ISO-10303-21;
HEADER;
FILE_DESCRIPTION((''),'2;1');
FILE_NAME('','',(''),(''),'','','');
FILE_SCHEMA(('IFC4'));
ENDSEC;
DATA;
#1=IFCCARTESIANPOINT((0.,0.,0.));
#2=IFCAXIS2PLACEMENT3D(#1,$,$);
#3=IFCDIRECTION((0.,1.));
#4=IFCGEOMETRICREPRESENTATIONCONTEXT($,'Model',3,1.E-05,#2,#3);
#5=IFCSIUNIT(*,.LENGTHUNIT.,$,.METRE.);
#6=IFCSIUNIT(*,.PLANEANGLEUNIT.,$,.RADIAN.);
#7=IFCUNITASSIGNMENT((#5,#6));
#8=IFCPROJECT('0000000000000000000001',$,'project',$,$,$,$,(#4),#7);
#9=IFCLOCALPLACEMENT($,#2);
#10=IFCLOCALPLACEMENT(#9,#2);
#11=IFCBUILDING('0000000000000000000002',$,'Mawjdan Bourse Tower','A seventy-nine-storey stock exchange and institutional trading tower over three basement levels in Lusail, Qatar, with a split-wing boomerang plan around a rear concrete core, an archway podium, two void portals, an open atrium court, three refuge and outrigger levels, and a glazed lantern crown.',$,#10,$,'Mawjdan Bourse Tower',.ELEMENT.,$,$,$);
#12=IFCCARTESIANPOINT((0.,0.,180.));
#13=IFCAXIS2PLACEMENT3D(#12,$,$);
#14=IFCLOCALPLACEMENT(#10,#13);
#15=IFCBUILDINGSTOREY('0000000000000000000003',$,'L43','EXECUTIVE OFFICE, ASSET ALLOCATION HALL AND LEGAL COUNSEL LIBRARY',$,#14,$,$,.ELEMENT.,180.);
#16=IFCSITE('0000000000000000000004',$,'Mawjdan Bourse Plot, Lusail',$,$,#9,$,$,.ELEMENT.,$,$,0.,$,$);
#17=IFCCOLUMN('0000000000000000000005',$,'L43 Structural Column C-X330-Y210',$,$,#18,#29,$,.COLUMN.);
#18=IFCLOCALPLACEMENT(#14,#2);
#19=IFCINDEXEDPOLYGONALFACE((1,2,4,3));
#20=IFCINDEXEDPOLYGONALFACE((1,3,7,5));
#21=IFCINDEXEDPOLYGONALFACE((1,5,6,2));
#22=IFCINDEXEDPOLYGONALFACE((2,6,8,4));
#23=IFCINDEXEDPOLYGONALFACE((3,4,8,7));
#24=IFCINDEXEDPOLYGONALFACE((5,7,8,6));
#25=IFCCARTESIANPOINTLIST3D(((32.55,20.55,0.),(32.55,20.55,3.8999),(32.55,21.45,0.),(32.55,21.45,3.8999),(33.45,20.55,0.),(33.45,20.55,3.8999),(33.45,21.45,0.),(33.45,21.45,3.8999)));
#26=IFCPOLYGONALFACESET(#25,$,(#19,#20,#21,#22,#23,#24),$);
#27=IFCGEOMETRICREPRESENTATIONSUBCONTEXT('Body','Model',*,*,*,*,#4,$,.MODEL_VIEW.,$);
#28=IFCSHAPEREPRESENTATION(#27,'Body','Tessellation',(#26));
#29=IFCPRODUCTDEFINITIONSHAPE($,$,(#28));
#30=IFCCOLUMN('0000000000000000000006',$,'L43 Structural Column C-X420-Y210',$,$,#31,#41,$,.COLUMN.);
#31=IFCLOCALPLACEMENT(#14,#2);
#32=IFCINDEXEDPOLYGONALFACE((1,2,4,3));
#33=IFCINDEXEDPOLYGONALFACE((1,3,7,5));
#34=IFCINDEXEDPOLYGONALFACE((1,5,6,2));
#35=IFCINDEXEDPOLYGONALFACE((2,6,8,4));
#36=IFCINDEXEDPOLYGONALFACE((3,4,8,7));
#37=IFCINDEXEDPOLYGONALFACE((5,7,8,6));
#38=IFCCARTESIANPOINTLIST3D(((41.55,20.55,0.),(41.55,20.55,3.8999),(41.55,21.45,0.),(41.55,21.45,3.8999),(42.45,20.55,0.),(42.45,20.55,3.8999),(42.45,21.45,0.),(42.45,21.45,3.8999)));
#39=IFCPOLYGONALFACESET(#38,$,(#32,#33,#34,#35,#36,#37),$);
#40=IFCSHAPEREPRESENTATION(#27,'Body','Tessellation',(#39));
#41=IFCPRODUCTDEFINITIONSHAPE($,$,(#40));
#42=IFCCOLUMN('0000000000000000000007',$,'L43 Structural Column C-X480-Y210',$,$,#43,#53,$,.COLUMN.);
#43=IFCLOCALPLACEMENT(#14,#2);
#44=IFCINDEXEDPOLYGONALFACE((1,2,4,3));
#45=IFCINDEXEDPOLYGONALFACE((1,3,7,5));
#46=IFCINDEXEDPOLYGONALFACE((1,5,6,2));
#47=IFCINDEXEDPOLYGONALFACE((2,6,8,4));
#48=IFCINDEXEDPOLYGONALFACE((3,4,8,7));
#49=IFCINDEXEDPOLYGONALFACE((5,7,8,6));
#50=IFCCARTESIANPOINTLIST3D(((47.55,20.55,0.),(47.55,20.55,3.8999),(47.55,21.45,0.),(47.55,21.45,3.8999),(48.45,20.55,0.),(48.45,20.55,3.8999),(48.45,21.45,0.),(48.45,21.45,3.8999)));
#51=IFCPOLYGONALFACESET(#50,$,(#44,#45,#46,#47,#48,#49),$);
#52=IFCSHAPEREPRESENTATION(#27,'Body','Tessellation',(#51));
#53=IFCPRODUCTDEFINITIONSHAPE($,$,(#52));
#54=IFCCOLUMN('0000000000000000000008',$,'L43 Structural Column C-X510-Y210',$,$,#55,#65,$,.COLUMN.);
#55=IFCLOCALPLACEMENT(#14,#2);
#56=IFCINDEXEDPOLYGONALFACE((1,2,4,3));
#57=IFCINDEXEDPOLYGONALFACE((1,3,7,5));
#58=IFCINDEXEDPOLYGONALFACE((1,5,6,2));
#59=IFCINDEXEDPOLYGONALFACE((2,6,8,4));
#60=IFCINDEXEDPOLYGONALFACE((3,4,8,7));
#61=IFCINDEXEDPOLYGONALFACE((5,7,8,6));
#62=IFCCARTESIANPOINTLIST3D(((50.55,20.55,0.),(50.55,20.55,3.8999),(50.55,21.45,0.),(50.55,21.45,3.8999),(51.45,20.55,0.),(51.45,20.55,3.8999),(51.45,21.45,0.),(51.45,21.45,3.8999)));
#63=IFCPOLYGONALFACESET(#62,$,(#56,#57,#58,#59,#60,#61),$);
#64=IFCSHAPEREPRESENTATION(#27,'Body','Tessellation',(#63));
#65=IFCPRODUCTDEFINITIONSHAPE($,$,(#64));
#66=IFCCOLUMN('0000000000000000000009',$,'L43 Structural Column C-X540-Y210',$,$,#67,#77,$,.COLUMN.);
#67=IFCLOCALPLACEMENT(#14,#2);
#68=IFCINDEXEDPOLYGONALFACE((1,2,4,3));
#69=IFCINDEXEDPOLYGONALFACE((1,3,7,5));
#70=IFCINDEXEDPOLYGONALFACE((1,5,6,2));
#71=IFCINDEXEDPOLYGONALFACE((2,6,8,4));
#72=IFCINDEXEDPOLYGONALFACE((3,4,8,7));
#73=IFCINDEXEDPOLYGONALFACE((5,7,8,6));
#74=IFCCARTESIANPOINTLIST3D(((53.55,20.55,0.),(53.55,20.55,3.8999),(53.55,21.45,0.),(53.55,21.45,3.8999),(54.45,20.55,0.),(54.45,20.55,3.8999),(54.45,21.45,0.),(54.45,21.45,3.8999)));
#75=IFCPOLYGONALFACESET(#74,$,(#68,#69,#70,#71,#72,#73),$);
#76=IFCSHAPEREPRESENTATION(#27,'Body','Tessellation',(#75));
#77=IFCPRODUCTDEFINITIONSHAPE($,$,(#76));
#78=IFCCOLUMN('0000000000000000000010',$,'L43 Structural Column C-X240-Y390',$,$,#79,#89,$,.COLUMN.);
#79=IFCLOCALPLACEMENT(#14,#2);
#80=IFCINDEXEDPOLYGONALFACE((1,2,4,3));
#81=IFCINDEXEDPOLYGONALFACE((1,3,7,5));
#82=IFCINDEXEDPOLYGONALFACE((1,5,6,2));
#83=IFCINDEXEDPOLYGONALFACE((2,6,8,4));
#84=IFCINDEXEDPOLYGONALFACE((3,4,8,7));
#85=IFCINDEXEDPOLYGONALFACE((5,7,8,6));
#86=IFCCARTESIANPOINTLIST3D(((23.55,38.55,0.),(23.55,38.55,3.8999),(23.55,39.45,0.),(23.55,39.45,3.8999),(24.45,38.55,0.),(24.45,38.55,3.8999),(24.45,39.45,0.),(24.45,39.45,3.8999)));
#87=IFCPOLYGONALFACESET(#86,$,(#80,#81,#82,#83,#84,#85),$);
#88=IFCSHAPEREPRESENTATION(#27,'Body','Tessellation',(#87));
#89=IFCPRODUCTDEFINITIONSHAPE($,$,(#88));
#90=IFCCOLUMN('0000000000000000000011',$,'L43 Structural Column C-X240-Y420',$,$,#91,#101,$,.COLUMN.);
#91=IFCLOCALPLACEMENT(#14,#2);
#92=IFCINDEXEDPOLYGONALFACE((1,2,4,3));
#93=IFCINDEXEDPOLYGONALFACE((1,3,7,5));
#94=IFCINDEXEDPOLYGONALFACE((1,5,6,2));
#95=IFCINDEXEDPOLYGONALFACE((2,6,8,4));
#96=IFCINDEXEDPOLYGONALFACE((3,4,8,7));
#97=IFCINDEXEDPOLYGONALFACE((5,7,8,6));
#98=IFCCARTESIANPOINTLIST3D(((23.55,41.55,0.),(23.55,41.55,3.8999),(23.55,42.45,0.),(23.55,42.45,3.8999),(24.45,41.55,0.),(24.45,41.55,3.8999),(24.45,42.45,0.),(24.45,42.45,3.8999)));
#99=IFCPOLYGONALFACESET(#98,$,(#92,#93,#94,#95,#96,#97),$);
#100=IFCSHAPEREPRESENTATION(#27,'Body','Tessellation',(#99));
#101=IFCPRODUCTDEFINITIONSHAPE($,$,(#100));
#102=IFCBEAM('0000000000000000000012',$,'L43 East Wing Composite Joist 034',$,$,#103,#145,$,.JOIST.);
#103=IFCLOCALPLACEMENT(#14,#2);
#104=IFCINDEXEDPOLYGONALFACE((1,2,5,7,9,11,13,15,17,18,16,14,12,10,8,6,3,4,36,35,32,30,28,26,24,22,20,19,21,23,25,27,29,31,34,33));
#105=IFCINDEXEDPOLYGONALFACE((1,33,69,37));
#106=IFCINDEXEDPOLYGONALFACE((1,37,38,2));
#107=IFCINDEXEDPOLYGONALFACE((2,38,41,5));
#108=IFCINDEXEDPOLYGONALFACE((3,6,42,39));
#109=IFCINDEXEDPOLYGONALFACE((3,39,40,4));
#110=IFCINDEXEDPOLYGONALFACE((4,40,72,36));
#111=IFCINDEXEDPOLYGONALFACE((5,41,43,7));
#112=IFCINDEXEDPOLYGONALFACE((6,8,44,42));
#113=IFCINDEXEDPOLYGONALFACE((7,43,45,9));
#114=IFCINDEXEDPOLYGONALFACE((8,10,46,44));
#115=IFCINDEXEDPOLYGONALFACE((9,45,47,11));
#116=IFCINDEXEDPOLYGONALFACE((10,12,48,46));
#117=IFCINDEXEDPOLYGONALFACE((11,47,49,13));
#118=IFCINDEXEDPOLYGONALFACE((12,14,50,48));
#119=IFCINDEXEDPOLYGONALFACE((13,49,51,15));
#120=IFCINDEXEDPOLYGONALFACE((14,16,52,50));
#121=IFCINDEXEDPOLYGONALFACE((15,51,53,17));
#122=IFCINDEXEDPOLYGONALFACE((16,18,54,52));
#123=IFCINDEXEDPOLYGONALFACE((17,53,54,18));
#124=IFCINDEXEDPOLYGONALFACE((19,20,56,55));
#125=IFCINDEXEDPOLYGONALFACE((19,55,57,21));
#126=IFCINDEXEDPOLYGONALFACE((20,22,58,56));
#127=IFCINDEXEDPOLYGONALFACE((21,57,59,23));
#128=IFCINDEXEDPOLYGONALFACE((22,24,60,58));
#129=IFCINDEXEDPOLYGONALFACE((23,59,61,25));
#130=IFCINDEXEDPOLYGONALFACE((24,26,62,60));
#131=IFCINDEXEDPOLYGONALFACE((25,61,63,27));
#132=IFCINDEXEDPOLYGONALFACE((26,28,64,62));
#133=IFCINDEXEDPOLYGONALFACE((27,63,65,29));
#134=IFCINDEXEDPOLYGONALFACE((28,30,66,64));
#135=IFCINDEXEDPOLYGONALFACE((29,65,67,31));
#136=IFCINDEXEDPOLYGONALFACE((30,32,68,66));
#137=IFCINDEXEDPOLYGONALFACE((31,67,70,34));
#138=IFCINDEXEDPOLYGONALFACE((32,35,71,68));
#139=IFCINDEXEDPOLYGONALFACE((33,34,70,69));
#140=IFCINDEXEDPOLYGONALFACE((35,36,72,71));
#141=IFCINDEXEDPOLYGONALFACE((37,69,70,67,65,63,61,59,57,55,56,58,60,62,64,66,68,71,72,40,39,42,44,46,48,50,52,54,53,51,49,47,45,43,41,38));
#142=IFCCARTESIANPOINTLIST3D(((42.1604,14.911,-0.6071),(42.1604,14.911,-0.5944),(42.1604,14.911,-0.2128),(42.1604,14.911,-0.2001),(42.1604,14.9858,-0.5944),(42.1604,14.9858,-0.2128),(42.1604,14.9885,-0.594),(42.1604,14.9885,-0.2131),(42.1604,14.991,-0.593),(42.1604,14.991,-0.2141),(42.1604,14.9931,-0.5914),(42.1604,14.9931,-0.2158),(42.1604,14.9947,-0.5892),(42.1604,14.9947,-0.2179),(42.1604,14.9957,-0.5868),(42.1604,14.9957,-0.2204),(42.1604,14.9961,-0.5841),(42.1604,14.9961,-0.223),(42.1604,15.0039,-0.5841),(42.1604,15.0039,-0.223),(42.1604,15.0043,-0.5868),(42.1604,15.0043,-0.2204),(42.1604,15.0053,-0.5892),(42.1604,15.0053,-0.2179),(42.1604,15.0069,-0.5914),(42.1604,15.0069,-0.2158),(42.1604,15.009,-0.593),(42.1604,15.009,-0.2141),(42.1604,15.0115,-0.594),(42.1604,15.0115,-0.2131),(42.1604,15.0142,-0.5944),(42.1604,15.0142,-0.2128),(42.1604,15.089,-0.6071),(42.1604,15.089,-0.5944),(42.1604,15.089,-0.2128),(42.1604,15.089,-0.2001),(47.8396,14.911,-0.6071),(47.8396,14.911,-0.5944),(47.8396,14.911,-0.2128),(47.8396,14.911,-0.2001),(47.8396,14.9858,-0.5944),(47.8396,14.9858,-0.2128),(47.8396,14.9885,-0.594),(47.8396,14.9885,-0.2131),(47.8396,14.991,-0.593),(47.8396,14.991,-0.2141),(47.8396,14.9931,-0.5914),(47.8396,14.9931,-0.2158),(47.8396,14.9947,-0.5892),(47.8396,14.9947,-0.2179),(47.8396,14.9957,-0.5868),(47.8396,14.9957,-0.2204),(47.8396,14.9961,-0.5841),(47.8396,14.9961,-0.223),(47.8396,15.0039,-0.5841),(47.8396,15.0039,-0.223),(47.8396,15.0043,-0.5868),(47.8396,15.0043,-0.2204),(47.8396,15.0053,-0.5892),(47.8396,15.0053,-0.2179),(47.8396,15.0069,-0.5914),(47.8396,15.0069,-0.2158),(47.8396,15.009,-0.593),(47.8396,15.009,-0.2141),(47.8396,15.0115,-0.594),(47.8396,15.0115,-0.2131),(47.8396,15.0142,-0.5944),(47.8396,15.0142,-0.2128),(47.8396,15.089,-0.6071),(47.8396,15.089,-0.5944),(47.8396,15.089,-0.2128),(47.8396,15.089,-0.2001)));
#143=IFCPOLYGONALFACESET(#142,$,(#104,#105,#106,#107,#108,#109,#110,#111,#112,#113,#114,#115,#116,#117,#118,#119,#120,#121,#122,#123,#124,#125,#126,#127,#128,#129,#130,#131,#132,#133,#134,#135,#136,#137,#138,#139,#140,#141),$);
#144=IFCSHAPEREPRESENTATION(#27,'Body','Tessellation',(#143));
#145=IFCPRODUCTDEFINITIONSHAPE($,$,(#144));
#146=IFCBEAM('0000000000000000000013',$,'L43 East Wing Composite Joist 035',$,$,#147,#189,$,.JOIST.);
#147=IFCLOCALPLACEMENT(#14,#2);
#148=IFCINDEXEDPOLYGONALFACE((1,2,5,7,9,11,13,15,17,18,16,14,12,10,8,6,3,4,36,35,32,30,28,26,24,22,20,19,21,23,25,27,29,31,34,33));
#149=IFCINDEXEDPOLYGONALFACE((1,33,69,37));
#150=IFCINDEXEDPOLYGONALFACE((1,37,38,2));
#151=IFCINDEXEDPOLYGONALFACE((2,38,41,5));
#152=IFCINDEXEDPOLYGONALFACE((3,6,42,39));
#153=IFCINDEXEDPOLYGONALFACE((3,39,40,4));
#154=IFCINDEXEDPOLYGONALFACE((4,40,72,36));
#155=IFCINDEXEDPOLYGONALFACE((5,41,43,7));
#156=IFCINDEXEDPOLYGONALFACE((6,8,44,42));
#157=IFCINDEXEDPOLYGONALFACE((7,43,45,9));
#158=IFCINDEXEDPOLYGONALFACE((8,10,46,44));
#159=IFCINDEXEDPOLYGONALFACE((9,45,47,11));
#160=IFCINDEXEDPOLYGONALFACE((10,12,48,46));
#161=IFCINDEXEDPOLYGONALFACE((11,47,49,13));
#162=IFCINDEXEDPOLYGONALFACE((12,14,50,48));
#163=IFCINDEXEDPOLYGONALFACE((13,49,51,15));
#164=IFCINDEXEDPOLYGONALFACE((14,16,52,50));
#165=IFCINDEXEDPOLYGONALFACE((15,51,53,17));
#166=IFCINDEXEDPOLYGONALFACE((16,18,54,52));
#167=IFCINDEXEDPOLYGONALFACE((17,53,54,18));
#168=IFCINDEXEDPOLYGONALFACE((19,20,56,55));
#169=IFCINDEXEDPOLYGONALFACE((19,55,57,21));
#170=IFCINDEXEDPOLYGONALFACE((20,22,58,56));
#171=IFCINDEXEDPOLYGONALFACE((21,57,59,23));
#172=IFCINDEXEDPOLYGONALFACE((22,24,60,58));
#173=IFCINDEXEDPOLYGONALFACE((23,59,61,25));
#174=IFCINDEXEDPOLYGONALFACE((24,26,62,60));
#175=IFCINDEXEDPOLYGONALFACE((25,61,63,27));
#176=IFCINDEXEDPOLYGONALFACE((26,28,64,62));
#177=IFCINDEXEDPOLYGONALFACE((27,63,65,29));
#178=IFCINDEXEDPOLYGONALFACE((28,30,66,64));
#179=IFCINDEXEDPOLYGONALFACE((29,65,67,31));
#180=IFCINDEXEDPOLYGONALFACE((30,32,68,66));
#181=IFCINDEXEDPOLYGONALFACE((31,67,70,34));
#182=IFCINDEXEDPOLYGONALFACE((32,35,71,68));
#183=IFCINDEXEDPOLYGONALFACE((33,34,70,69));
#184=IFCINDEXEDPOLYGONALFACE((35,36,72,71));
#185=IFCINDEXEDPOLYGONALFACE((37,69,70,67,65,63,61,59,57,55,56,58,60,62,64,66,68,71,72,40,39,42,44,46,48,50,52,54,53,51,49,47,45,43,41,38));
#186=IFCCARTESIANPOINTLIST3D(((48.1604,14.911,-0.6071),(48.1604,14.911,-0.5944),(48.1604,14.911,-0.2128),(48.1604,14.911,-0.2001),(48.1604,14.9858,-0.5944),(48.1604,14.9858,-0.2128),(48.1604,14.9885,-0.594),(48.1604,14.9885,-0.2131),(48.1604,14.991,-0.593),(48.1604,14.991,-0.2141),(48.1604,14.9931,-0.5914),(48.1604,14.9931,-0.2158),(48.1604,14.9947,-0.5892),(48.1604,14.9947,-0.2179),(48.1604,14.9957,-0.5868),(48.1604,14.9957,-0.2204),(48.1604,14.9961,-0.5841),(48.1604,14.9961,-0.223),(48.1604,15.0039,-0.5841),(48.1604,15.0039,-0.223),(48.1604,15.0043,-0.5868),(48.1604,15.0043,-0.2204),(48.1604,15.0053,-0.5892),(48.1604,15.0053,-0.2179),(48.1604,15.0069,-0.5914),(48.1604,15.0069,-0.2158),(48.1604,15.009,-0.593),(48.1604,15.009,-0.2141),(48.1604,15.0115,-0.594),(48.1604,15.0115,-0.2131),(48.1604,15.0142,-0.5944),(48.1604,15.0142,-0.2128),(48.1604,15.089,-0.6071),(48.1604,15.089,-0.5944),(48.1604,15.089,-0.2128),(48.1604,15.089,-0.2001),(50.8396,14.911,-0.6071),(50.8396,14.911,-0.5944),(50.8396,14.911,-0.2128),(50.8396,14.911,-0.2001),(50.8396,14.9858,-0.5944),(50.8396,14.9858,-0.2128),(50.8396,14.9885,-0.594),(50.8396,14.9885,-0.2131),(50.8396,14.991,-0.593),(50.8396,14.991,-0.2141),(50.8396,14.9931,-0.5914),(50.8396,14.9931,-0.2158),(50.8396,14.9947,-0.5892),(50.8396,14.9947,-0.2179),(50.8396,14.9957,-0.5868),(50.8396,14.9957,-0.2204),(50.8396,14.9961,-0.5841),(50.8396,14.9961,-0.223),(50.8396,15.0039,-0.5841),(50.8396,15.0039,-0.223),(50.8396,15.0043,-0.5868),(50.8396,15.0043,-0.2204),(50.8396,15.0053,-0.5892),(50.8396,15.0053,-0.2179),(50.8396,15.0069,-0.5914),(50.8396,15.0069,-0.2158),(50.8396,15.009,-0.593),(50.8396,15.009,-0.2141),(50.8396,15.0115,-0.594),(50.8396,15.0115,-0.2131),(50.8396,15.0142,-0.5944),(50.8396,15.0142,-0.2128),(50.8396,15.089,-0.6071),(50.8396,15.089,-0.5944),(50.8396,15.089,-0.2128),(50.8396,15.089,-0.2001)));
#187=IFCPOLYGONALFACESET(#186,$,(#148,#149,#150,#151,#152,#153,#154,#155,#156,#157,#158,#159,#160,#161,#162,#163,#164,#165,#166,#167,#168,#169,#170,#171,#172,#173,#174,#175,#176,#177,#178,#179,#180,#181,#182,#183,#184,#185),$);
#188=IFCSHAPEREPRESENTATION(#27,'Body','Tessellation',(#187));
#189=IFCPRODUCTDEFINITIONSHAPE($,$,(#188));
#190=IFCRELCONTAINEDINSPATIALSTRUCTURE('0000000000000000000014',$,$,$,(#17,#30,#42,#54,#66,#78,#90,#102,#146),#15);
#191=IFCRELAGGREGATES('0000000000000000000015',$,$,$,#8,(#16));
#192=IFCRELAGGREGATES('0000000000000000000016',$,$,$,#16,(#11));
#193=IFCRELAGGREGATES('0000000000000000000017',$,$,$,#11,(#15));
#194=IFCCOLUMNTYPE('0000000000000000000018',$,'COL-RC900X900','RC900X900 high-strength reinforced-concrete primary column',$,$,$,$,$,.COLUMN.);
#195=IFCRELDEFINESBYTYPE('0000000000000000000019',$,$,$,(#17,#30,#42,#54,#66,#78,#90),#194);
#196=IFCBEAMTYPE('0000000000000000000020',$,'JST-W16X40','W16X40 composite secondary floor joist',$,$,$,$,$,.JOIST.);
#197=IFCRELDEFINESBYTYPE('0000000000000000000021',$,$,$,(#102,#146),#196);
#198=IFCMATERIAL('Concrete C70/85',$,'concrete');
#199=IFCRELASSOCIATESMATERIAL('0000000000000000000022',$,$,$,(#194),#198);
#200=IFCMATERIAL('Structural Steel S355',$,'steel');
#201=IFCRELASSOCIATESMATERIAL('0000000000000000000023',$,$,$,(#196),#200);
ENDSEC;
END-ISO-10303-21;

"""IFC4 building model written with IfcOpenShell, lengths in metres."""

from ifc_helpers import new_model, si_unit, direction, frame, origin, origin_2d, place, context, subcontext, project, spatial, rectangle, i_section, extrude, material, material_profile, profile_set, type_object, element, save


model = new_model("IFC4")

# Units and contexts
model_context = context("Model", 3, precision=1e-05, world=origin(), true_north=direction((0.0, 1.0)))
body_context = subcontext(model_context, "Body", "Model", "MODEL_VIEW")
ifc_project = project(units=[si_unit("LENGTHUNIT", "METRE"), si_unit("PLANEANGLEUNIT", "RADIAN")], contexts=[model_context])

# Site, building, storey
site_placement = place(None, origin())
site = spatial("IfcSite", under=ifc_project, at=site_placement, Name="Mawjdan Bourse Plot, Lusail", CompositionType="ELEMENT", RefElevation=0.0)
building_placement = place(site_placement, origin())
building = spatial("IfcBuilding", under=site, at=building_placement, Name="Mawjdan Bourse Tower", Description="A seventy-nine-storey stock exchange and institutional trading tower over three basement levels in Lusail, Qatar, with a split-wing boomerang plan around a rear concrete core, an archway podium, two void portals, an open atrium court, three refuge and outrigger levels, and a glazed lantern crown.", LongName="Mawjdan Bourse Tower", CompositionType="ELEMENT")
storey_placement = place(building_placement, frame((0.0, 0.0, 180.0)))
storey = spatial("IfcBuildingStorey", under=building, at=storey_placement, Name="L43", Description="EXECUTIVE OFFICE, ASSET ALLOCATION HALL AND LEGAL COUNSEL LIBRARY", CompositionType="ELEMENT", Elevation=180.0)

# Columns
ifc_material_1 = material(Name="Concrete C70/85", Category="concrete")
ifc_material_profile_1 = material_profile(ifc_material_1, rectangle(XDim=0.8999, YDim=0.8999, at=origin_2d()), Name="RC900X900")
ifc_profile_set_1 = profile_set([ifc_material_profile_1], Name="Concrete C70/85")
column_type = type_object("IfcColumnType", Name="COL-RC900X900", Description="RC900X900 high-strength reinforced-concrete primary column", PredefinedType="COLUMN", material=ifc_profile_set_1)
for number, where, z_axis, x_axis, name in (
    (1, (33.0, 21.0, 0.0), (0.0, 0.0, 1.0), (1.0, 0.0, 0.0), "L43 Structural Column C-X330-Y210"),
    (2, (42.0, 21.0, 0.0), (0.0, 0.0, 1.0), (1.0, 0.0, 0.0), "L43 Structural Column C-X420-Y210"),
    (3, (48.0, 21.0, 0.0), (0.0, 0.0, 1.0), (1.0, 0.0, 0.0), "L43 Structural Column C-X480-Y210"),
    (4, (51.0, 21.0, 0.0), (0.0, 0.0, 1.0), (1.0, 0.0, 0.0), "L43 Structural Column C-X510-Y210"),
    (5, (54.0, 21.0, 0.0), (0.0, 0.0, 1.0), (1.0, 0.0, 0.0), "L43 Structural Column C-X540-Y210"),
    (6, (24.0, 39.0, 0.0), (0.0, 0.0, 1.0), (1.0, 0.0, 0.0), "L43 Structural Column C-X240-Y390"),
    (7, (24.0, 42.0, 0.0), (0.0, 0.0, 1.0), (1.0, 0.0, 0.0), "L43 Structural Column C-X240-Y420"),
):
    element("IfcColumn", number, at=place(storey_placement, frame(where, z_axis=z_axis, x_axis=x_axis)), inside=storey, type_object=column_type, Name=name, PredefinedType="COLUMN", context=body_context, shape_type="SweptSolid", body=[
        extrude(rectangle(XDim=0.8999, YDim=0.8999, at=origin_2d()), origin(), (0.0, 0.0, 1.0), 3.8999),
    ])

# Beams
ifc_material_2 = material(Name="Structural Steel S355", Category="steel")
ifc_material_profile_2 = material_profile(ifc_material_2, i_section(OverallWidth=0.178, OverallDepth=0.407, WebThickness=0.0078, FlangeThickness=0.0127, FilletRadius=0.0103, at=origin_2d()), Name="W16X40")
ifc_profile_set_2 = profile_set([ifc_material_profile_2], Name="Structural Steel S355")
beam_type_1 = type_object("IfcBeamType", Name="JST-W16X40", Description="W16X40 composite secondary floor joist", PredefinedType="JOIST", material=ifc_profile_set_2)
beam_1_placement = place(storey_placement, frame((42.1604, 15.0, -0.4036), z_axis=(1.0, 0.0, 0.0), x_axis=(0.0, 1.0, 0.0)))
element("IfcBeam", 8, at=beam_1_placement, inside=storey, type_object=beam_type_1, Name="L43 East Wing Composite Joist 034", PredefinedType="JOIST", context=body_context, shape_type="SweptSolid", body=[
    extrude(i_section(OverallWidth=0.178, OverallDepth=0.407, WebThickness=0.0078, FlangeThickness=0.0127, FilletRadius=0.0103, at=origin_2d()), origin(), (0.0, 0.0, 1.0), 5.6792),
])
for number, where, z_axis, x_axis, name in (
    (9, (48.1604, 15.0, -0.4036), (1.0, 0.0, 0.0), (0.0, 1.0, 0.0), "L43 East Wing Composite Joist 035"),
):
    element("IfcBeam", number, at=place(storey_placement, frame(where, z_axis=z_axis, x_axis=x_axis)), inside=storey, type_object=beam_type_1, Name=name, PredefinedType="JOIST", context=body_context, shape_type="SweptSolid", body=[
        extrude(i_section(OverallWidth=0.178, OverallDepth=0.407, WebThickness=0.0078, FlangeThickness=0.0127, FilletRadius=0.0103, at=origin_2d()), origin(), (0.0, 0.0, 1.0), 2.6792),
    ])

save(model, "model.ifc")
